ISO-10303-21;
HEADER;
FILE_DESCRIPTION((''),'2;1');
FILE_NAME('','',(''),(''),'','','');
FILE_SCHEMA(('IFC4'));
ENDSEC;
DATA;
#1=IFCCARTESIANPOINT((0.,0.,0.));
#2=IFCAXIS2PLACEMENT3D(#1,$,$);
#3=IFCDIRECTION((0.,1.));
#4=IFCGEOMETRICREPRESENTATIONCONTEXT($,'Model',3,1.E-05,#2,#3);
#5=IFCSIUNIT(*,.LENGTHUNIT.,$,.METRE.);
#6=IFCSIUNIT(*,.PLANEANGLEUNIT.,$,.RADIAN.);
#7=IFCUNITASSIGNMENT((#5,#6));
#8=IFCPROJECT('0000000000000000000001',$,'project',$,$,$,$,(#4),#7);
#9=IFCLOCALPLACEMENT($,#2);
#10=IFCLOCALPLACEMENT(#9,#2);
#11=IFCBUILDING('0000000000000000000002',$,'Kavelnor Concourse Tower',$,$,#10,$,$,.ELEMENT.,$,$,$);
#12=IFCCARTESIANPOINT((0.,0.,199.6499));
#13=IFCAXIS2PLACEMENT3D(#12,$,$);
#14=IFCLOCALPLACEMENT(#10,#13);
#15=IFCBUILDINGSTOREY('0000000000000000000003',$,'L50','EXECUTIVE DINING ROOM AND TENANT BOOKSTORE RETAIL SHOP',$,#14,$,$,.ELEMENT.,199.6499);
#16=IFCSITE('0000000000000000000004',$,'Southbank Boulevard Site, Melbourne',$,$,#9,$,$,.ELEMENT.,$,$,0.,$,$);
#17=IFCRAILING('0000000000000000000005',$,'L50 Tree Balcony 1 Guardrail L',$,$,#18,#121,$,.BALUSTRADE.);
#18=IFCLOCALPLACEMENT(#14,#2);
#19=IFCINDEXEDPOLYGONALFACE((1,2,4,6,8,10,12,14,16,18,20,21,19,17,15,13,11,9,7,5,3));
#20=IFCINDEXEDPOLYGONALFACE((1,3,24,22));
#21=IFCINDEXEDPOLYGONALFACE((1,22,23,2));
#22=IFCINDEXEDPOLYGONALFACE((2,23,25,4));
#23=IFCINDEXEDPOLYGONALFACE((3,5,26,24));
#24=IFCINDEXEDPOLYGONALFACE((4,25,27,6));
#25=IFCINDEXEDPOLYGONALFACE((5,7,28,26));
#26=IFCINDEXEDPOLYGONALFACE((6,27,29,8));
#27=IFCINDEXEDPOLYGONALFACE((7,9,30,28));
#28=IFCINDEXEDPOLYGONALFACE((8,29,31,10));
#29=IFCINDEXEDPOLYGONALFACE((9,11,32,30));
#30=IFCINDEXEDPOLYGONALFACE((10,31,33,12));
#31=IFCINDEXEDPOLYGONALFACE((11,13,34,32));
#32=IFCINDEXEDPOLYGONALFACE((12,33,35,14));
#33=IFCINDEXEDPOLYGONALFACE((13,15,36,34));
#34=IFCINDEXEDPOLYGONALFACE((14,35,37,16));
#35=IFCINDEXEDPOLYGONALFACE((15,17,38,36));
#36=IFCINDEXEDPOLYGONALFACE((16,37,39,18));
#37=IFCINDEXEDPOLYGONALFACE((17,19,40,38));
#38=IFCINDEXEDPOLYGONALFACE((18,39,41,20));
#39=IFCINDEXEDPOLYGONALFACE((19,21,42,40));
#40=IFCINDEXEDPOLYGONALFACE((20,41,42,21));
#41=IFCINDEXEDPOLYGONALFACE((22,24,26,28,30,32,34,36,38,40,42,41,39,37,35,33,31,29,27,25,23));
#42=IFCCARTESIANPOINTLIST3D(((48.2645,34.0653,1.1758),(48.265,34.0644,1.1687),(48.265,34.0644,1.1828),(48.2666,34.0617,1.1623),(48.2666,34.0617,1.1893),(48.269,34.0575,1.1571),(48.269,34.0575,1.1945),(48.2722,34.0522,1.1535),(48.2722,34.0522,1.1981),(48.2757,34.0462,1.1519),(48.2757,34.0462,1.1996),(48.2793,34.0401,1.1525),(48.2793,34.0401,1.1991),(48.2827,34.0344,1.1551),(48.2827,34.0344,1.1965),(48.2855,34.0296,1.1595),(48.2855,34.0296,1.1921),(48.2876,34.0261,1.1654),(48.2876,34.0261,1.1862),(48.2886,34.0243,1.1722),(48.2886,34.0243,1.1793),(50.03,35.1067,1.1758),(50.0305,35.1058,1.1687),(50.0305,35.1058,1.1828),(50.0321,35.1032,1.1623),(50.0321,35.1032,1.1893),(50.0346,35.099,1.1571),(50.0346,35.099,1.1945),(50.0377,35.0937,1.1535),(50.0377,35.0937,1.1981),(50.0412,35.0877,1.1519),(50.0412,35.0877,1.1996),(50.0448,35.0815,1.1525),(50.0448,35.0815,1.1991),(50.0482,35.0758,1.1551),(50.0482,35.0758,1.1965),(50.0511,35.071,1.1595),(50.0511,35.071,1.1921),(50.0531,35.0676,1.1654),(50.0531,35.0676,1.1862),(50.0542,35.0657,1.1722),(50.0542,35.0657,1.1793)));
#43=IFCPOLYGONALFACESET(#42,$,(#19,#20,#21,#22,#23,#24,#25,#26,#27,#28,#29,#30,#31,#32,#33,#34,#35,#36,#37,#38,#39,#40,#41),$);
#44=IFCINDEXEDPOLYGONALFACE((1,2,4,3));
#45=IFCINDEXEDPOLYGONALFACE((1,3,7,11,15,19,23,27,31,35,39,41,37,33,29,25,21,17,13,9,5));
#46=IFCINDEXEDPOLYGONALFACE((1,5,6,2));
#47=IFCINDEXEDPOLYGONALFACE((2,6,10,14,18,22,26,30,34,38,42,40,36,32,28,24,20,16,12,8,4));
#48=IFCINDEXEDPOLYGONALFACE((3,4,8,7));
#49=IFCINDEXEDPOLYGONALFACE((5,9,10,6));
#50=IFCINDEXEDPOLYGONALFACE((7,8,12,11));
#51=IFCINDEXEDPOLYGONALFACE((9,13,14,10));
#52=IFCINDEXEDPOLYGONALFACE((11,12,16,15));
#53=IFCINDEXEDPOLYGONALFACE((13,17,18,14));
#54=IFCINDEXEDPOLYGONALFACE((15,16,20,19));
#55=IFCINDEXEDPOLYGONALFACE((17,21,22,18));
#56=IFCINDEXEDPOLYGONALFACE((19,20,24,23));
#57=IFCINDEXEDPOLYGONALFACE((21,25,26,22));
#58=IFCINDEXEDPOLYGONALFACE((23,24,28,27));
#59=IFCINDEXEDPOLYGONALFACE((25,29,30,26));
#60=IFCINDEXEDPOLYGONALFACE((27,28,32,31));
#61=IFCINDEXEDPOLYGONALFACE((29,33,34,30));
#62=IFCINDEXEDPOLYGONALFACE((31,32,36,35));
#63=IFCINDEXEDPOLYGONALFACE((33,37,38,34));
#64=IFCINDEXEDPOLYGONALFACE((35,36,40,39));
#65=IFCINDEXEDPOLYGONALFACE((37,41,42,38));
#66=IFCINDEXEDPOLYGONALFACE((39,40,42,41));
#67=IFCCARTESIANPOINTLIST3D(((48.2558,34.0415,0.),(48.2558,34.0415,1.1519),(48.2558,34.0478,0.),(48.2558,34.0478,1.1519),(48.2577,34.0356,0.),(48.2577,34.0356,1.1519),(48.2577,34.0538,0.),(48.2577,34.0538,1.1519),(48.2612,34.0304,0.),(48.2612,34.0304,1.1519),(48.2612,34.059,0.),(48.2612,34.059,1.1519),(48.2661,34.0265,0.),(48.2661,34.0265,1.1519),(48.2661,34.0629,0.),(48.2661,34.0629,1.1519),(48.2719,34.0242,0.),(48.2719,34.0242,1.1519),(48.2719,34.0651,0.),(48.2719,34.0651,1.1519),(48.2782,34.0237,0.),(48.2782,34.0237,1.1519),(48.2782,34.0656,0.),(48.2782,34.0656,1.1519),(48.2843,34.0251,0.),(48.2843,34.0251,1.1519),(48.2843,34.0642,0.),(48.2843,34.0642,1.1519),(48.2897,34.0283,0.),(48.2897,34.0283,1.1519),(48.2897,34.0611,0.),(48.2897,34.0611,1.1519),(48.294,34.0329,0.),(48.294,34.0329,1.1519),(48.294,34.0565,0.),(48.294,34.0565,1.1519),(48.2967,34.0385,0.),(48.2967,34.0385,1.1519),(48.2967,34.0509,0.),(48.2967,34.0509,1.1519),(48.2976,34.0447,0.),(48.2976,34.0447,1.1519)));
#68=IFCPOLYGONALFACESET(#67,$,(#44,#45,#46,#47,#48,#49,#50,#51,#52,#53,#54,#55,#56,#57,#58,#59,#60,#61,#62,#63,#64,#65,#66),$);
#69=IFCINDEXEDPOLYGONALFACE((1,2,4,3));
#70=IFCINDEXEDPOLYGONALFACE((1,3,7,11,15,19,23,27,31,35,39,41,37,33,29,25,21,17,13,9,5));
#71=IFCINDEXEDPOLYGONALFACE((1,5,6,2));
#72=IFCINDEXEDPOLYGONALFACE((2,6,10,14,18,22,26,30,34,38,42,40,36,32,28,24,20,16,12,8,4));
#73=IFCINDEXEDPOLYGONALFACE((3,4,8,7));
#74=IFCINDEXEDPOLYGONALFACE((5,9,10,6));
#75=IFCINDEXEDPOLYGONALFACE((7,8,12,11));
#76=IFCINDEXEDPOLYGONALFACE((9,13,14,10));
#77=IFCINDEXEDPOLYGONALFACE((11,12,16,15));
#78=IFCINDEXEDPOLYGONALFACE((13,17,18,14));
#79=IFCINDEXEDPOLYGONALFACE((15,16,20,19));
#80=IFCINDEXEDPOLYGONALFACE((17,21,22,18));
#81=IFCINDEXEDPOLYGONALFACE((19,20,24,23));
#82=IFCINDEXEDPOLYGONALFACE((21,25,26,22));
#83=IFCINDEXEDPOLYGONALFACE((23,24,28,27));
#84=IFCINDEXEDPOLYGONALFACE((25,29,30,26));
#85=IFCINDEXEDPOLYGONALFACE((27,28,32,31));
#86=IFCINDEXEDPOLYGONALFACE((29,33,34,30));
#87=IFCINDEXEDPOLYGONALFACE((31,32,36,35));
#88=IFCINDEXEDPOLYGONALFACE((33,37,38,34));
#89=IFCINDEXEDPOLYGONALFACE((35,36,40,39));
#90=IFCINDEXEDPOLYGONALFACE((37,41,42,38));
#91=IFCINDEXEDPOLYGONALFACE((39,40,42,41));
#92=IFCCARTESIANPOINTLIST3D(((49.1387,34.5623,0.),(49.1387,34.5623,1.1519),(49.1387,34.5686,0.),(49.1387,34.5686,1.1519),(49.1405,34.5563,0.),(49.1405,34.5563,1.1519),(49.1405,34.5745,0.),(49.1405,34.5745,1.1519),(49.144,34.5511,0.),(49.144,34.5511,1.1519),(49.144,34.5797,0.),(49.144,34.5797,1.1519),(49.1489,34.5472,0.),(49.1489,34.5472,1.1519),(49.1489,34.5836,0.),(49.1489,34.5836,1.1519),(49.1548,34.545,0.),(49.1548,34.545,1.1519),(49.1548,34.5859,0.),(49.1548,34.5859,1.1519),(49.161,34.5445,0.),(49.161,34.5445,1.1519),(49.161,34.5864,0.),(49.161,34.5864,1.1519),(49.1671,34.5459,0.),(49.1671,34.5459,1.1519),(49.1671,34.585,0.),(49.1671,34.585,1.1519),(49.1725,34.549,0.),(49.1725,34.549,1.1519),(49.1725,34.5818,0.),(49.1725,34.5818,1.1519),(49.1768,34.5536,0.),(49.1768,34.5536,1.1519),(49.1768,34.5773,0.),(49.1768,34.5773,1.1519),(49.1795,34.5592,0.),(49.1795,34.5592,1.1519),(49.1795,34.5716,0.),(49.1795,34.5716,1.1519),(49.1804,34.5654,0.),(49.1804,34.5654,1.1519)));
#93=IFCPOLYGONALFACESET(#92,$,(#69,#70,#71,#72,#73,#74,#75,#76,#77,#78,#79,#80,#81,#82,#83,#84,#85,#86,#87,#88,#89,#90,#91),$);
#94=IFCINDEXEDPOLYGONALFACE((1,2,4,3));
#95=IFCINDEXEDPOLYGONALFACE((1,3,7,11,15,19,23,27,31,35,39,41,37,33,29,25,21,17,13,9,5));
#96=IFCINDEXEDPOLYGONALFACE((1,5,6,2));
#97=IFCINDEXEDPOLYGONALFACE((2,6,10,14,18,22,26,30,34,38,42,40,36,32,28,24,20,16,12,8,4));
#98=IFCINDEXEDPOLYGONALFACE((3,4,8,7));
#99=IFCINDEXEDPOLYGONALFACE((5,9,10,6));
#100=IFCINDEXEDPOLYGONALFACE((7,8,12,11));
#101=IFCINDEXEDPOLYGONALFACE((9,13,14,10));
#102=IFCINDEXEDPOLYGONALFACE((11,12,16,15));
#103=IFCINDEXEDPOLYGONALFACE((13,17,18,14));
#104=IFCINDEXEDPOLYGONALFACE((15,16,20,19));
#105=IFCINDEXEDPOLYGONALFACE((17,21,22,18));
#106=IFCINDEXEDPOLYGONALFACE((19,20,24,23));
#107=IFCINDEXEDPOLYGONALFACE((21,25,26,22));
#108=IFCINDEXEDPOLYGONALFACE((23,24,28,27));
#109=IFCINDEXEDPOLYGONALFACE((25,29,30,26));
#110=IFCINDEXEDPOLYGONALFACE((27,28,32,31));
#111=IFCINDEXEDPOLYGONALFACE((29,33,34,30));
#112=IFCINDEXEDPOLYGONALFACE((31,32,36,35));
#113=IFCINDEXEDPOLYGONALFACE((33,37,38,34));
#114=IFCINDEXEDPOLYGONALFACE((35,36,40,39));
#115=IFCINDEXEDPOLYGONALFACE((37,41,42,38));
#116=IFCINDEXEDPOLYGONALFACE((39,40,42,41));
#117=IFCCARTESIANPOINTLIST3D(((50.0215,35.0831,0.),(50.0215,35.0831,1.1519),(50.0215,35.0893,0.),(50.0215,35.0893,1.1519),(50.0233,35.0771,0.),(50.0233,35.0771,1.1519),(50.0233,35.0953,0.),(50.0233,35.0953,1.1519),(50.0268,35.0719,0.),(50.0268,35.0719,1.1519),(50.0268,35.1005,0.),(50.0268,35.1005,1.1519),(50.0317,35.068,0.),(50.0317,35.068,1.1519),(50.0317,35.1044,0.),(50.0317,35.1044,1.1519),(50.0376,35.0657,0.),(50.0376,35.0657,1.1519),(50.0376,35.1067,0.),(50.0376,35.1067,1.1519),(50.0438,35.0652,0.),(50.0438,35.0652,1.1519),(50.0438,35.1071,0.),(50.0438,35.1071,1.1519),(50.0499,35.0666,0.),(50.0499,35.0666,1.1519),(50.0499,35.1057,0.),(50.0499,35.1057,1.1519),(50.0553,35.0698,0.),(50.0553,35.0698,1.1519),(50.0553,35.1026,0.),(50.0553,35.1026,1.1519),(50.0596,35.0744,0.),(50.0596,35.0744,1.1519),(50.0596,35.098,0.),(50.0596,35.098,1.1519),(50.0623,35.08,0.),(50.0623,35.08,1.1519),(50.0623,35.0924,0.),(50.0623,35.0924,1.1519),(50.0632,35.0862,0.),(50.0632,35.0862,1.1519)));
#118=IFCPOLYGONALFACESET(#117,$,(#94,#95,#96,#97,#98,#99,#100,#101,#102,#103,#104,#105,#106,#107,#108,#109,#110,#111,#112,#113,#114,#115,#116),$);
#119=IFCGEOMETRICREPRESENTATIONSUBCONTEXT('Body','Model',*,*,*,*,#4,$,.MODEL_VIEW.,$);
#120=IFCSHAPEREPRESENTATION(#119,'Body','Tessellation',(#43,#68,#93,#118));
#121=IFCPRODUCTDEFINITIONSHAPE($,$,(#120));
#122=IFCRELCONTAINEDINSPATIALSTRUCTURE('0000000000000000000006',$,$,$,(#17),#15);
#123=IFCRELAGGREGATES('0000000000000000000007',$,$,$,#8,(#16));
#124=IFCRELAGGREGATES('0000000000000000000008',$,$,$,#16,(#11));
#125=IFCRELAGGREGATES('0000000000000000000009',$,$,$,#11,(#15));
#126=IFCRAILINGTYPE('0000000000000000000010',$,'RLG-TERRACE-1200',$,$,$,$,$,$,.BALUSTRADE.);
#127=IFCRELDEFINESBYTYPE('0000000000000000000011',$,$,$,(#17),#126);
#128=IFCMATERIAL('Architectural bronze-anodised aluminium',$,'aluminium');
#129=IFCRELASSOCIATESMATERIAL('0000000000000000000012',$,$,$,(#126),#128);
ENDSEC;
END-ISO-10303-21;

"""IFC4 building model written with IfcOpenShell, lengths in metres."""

from ifc_helpers import new_model, si_unit, direction, frame, origin, origin_2d, place, context, subcontext, project, spatial, circle, extrude, material, type_object, element, save


model = new_model("IFC4")

# Units and contexts
model_context = context("Model", 3, precision=1e-05, world=origin(), true_north=direction((0.0, 1.0)))
body_context = subcontext(model_context, "Body", "Model", "MODEL_VIEW")
ifc_project = project(units=[si_unit("LENGTHUNIT", "METRE"), si_unit("PLANEANGLEUNIT", "RADIAN")], contexts=[model_context])

# Site, building, storey
site_placement = place(None, origin())
site = spatial("IfcSite", under=ifc_project, at=site_placement, Name="Southbank Boulevard Site, Melbourne", CompositionType="ELEMENT", RefElevation=0.0)
building_placement = place(site_placement, origin())
building = spatial("IfcBuilding", under=site, at=building_placement, Name="Kavelnor Concourse Tower", CompositionType="ELEMENT")
storey_placement = place(building_placement, frame((0.0, 0.0, 199.6499)))
storey = spatial("IfcBuildingStorey", under=building, at=storey_placement, Name="L50", Description="EXECUTIVE DINING ROOM AND TENANT BOOKSTORE RETAIL SHOP", CompositionType="ELEMENT", Elevation=199.6499)

# Railing
ifc_material_1 = material(Name="Architectural bronze-anodised aluminium", Category="aluminium")
railing_type = type_object("IfcRailingType", Name="RLG-TERRACE-1200", PredefinedType="BALUSTRADE", material=ifc_material_1)
railing_1_placement = place(storey_placement, frame((48.2766, 34.0447, 0.0)))
element("IfcRailing", 1, at=railing_1_placement, inside=storey, type_object=railing_type, Name="L50 Tree Balcony 1 Guardrail L", PredefinedType="BALUSTRADE", context=body_context, shape_type="SweptSolid", body=[
    extrude(circle(Radius=0.0239, at=origin_2d()), frame((0.0, 0.0, 1.1758), z_axis=(0.861315, 0.508071, 0.0), x_axis=(-0.508071, 0.861315, 0.0)), (0.0, 0.0, 1.0), 2.0498),
    extrude(circle(Radius=0.021, at=origin_2d()), origin(), (0.0, 0.0, 1.0), 1.1519),
    extrude(circle(Radius=0.021, at=origin_2d()), frame((0.8828, 0.5208, 0.0)), (0.0, 0.0, 1.0), 1.1519),
    extrude(circle(Radius=0.021, at=origin_2d()), frame((1.7656, 1.0415, 0.0)), (0.0, 0.0, 1.0), 1.1519),
])

save(model, "model.ifc")
